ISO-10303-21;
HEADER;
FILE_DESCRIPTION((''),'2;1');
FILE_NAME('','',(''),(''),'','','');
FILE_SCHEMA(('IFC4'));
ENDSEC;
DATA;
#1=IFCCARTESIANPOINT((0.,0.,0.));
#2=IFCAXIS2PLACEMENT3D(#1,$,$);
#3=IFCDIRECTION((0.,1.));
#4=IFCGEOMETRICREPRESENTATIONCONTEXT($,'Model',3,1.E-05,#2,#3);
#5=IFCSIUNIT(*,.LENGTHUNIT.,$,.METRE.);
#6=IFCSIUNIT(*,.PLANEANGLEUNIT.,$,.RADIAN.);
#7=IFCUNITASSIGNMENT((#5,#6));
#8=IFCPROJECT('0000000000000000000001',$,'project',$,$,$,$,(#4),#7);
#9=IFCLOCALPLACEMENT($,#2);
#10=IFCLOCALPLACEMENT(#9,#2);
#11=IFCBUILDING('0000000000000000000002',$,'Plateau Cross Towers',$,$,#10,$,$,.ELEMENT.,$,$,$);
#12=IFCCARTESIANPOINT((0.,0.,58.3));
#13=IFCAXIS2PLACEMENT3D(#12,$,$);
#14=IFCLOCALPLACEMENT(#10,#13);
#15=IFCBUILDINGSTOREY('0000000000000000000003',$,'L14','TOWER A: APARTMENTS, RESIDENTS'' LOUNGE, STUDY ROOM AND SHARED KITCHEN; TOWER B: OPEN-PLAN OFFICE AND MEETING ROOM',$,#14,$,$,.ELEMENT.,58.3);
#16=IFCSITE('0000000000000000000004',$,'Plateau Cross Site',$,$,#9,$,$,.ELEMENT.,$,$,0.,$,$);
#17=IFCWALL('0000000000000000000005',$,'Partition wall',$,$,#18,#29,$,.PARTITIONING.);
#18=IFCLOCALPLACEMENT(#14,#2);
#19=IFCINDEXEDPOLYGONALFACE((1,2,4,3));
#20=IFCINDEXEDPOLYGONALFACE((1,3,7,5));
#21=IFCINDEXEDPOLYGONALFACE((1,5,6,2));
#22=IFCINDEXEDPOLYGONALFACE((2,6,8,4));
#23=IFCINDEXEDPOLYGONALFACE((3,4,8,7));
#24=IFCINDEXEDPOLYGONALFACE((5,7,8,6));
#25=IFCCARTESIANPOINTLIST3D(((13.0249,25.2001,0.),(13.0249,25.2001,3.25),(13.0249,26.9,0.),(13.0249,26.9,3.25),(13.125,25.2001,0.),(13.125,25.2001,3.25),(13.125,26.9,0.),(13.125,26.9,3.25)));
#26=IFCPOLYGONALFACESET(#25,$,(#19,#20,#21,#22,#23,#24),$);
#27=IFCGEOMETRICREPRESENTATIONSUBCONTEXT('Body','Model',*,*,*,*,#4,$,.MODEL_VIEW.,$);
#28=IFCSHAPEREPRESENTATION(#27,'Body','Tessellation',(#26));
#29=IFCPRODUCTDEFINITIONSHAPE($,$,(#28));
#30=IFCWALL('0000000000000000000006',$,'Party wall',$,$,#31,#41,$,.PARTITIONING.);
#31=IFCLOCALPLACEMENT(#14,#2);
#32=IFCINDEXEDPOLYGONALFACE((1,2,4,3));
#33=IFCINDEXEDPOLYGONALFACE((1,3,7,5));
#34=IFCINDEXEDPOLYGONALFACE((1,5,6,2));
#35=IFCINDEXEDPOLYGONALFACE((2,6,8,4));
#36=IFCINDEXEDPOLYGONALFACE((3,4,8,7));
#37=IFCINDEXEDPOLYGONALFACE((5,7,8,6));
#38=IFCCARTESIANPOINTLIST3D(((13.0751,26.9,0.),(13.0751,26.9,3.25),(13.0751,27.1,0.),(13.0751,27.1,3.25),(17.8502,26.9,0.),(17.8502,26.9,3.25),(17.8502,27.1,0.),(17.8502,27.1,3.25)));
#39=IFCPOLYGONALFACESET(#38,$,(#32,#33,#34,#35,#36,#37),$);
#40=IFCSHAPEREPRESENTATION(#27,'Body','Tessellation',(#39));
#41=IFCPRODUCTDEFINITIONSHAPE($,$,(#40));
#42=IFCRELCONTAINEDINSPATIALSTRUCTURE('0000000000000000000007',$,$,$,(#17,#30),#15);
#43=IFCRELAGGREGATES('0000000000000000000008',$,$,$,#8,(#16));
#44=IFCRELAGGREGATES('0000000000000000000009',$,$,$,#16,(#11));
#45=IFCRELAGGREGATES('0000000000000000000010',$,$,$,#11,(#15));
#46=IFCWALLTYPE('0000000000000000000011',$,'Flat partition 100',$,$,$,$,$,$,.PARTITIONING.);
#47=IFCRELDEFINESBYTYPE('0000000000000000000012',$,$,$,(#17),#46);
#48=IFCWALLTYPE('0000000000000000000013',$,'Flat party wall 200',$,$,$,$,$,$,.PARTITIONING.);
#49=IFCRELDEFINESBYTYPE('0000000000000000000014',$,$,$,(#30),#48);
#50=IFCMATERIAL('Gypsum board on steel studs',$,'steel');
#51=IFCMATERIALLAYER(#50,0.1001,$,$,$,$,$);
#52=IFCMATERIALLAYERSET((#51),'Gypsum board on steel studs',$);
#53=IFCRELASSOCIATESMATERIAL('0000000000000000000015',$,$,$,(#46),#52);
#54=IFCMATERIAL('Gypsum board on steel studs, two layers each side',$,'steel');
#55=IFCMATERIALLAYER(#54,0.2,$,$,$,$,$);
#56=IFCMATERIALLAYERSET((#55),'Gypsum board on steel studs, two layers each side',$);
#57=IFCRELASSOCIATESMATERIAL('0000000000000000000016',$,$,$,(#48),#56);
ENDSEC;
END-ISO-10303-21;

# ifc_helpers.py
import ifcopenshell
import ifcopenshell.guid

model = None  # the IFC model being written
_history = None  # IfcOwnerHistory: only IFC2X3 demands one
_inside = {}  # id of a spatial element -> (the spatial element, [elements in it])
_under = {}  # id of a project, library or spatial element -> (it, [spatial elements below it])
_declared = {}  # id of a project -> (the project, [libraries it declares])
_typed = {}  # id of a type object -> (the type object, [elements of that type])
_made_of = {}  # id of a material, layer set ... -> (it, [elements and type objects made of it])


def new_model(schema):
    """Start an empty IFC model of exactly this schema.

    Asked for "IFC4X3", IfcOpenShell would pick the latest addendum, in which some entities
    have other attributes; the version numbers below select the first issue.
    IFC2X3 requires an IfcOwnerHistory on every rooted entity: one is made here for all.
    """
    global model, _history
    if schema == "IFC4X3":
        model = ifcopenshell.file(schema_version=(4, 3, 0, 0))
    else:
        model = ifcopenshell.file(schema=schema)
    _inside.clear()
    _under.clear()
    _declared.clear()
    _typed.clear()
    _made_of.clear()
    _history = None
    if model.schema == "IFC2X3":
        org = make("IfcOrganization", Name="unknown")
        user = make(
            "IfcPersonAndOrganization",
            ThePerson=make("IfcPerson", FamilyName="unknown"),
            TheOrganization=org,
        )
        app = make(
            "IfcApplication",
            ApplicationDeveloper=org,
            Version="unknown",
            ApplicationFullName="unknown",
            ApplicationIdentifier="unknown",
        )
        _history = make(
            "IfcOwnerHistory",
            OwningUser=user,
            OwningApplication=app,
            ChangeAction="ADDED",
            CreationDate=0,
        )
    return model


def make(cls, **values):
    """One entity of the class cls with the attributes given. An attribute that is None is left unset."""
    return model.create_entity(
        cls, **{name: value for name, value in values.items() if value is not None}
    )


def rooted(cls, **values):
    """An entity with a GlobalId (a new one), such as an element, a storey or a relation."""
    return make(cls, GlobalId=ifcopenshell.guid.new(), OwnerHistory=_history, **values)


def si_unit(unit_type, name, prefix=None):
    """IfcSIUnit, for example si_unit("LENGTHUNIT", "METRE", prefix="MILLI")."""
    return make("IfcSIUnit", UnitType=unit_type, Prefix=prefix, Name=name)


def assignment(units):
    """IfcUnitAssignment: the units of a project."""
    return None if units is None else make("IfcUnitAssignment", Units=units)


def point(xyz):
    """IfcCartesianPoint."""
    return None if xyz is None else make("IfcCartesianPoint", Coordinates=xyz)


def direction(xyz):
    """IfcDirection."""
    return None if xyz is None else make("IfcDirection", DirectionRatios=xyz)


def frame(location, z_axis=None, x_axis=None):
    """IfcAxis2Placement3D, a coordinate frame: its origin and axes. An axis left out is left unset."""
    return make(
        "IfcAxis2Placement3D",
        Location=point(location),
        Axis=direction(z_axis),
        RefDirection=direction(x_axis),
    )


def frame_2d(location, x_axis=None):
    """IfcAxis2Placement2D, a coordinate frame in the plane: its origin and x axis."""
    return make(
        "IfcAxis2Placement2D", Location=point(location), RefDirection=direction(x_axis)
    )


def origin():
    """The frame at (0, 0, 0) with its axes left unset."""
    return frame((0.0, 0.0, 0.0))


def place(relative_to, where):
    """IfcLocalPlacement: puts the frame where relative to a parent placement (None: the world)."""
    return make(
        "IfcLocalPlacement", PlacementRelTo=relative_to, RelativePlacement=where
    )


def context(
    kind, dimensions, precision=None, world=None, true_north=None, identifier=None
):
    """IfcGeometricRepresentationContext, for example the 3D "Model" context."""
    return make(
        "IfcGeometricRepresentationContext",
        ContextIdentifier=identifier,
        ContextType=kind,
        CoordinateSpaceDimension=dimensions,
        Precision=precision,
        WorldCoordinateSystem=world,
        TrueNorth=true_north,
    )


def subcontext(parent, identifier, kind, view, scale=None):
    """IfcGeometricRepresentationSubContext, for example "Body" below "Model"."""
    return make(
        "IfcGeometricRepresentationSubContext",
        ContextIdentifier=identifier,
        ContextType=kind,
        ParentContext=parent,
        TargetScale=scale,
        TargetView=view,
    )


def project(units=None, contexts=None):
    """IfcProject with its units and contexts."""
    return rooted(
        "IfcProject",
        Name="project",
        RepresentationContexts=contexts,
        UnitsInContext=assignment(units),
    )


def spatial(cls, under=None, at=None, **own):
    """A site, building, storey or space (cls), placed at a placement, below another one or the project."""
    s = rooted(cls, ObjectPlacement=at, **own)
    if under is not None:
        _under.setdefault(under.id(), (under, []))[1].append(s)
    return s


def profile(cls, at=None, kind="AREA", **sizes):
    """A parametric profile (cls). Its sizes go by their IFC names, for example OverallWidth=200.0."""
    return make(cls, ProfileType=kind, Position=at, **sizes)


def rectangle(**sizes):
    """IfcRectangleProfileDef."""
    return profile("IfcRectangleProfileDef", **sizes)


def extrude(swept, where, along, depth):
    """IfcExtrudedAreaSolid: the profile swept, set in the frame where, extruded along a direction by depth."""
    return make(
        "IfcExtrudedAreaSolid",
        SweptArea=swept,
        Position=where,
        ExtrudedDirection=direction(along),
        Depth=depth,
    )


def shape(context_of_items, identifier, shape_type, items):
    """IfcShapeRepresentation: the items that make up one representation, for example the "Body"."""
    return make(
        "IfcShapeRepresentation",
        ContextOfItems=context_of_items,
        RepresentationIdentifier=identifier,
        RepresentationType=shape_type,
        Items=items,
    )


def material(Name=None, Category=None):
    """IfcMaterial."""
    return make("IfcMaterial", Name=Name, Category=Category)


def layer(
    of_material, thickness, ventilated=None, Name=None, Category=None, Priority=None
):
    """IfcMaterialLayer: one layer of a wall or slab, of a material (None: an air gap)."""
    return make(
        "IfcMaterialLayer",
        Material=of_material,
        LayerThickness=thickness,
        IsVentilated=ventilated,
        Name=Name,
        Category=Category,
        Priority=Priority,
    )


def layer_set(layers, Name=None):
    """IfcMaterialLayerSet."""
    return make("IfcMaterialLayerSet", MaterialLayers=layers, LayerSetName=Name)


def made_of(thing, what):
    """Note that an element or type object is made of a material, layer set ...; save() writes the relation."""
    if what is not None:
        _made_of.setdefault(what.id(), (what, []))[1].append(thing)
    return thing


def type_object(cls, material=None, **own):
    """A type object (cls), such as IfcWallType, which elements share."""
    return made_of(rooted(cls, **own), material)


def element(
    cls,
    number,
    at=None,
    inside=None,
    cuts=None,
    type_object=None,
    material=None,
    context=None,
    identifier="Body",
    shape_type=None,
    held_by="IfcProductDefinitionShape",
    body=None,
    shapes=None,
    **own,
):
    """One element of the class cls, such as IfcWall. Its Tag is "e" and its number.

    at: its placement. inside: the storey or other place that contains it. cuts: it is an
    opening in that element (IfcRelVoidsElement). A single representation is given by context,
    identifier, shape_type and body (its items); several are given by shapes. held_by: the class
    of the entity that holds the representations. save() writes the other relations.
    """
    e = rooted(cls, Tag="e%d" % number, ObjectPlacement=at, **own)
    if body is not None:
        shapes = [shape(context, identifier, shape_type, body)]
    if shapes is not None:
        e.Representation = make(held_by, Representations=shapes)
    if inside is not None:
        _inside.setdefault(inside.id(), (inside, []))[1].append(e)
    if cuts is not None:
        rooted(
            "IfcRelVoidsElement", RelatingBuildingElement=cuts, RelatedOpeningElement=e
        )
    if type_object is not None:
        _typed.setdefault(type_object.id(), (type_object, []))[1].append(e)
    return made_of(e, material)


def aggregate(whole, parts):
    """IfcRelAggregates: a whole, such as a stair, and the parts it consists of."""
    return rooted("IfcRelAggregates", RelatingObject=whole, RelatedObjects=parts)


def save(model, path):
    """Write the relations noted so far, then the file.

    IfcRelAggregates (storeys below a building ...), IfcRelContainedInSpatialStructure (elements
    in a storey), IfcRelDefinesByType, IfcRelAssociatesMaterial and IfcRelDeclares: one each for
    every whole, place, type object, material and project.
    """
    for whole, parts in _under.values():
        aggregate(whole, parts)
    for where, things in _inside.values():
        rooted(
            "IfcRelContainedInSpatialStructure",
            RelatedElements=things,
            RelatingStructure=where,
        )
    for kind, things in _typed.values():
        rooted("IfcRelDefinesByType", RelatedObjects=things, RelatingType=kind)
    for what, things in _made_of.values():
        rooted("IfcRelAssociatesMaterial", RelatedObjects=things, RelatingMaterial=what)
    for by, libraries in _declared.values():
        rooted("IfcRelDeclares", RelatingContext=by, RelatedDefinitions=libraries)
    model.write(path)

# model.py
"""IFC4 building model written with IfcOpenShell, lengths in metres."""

from ifc_helpers import new_model, si_unit, direction, frame, frame_2d, origin, place, context, subcontext, project, spatial, rectangle, extrude, material, layer, layer_set, type_object, element, save


model = new_model("IFC4")

# Units and contexts
model_context = context("Model", 3, precision=1e-05, world=origin(), true_north=direction((0.0, 1.0)))
body_context = subcontext(model_context, "Body", "Model", "MODEL_VIEW")
ifc_project = project(units=[si_unit("LENGTHUNIT", "METRE"), si_unit("PLANEANGLEUNIT", "RADIAN")], contexts=[model_context])

# Site, building, storey
site_placement = place(None, origin())
site = spatial("IfcSite", under=ifc_project, at=site_placement, Name="Plateau Cross Site", CompositionType="ELEMENT", RefElevation=0.0)
building_placement = place(site_placement, origin())
building = spatial("IfcBuilding", under=site, at=building_placement, Name="Plateau Cross Towers", CompositionType="ELEMENT")
storey_placement = place(building_placement, frame((0.0, 0.0, 58.3)))
storey = spatial("IfcBuildingStorey", under=building, at=storey_placement, Name="L14", Description="TOWER A: APARTMENTS, RESIDENTS' LOUNGE, STUDY ROOM AND SHARED KITCHEN; TOWER B: OPEN-PLAN OFFICE AND MEETING ROOM", CompositionType="ELEMENT", Elevation=58.3)

# Shared definitions
ifc_material_1 = material(Name="Gypsum board on steel studs", Category="steel")
ifc_layer_1 = layer(ifc_material_1, 0.1001)
ifc_layer_set_1 = layer_set([ifc_layer_1], Name="Gypsum board on steel studs")
wall_type_1 = type_object("IfcWallType", Name="Flat partition 100", PredefinedType="PARTITIONING", material=ifc_layer_set_1)

# Walls
wall_1_placement = place(storey_placement, frame((13.075, 25.2, 0.0), z_axis=(0.0, 0.0, 1.0), x_axis=(0.0, 1.0, 0.0)))
element("IfcWall", 1, at=wall_1_placement, inside=storey, type_object=wall_type_1, Name="Partition wall", PredefinedType="PARTITIONING", context=body_context, shape_type="SweptSolid", body=[
    extrude(rectangle(XDim=1.7, YDim=0.1001, at=frame_2d((0.8501, 0.0))), origin(), (0.0, 0.0, 1.0), 3.25),
])
ifc_material_2 = material(Name="Gypsum board on steel studs, two layers each side", Category="steel")
ifc_layer_2 = layer(ifc_material_2, 0.2)
ifc_layer_set_2 = layer_set([ifc_layer_2], Name="Gypsum board on steel studs, two layers each side")
wall_type_2 = type_object("IfcWallType", Name="Flat party wall 200", PredefinedType="PARTITIONING", material=ifc_layer_set_2)
wall_2_placement = place(storey_placement, frame((13.075, 27.0, 0.0), z_axis=(0.0, 0.0, 1.0), x_axis=(1.0, 0.0, 0.0)))
element("IfcWall", 2, at=wall_2_placement, inside=storey, type_object=wall_type_2, Name="Party wall", PredefinedType="PARTITIONING", context=body_context, shape_type="SweptSolid", body=[
    extrude(rectangle(XDim=4.7751, YDim=0.2, at=frame_2d((2.3877, 0.0))), origin(), (0.0, 0.0, 1.0), 3.25),
])

save(model, "model.ifc")
